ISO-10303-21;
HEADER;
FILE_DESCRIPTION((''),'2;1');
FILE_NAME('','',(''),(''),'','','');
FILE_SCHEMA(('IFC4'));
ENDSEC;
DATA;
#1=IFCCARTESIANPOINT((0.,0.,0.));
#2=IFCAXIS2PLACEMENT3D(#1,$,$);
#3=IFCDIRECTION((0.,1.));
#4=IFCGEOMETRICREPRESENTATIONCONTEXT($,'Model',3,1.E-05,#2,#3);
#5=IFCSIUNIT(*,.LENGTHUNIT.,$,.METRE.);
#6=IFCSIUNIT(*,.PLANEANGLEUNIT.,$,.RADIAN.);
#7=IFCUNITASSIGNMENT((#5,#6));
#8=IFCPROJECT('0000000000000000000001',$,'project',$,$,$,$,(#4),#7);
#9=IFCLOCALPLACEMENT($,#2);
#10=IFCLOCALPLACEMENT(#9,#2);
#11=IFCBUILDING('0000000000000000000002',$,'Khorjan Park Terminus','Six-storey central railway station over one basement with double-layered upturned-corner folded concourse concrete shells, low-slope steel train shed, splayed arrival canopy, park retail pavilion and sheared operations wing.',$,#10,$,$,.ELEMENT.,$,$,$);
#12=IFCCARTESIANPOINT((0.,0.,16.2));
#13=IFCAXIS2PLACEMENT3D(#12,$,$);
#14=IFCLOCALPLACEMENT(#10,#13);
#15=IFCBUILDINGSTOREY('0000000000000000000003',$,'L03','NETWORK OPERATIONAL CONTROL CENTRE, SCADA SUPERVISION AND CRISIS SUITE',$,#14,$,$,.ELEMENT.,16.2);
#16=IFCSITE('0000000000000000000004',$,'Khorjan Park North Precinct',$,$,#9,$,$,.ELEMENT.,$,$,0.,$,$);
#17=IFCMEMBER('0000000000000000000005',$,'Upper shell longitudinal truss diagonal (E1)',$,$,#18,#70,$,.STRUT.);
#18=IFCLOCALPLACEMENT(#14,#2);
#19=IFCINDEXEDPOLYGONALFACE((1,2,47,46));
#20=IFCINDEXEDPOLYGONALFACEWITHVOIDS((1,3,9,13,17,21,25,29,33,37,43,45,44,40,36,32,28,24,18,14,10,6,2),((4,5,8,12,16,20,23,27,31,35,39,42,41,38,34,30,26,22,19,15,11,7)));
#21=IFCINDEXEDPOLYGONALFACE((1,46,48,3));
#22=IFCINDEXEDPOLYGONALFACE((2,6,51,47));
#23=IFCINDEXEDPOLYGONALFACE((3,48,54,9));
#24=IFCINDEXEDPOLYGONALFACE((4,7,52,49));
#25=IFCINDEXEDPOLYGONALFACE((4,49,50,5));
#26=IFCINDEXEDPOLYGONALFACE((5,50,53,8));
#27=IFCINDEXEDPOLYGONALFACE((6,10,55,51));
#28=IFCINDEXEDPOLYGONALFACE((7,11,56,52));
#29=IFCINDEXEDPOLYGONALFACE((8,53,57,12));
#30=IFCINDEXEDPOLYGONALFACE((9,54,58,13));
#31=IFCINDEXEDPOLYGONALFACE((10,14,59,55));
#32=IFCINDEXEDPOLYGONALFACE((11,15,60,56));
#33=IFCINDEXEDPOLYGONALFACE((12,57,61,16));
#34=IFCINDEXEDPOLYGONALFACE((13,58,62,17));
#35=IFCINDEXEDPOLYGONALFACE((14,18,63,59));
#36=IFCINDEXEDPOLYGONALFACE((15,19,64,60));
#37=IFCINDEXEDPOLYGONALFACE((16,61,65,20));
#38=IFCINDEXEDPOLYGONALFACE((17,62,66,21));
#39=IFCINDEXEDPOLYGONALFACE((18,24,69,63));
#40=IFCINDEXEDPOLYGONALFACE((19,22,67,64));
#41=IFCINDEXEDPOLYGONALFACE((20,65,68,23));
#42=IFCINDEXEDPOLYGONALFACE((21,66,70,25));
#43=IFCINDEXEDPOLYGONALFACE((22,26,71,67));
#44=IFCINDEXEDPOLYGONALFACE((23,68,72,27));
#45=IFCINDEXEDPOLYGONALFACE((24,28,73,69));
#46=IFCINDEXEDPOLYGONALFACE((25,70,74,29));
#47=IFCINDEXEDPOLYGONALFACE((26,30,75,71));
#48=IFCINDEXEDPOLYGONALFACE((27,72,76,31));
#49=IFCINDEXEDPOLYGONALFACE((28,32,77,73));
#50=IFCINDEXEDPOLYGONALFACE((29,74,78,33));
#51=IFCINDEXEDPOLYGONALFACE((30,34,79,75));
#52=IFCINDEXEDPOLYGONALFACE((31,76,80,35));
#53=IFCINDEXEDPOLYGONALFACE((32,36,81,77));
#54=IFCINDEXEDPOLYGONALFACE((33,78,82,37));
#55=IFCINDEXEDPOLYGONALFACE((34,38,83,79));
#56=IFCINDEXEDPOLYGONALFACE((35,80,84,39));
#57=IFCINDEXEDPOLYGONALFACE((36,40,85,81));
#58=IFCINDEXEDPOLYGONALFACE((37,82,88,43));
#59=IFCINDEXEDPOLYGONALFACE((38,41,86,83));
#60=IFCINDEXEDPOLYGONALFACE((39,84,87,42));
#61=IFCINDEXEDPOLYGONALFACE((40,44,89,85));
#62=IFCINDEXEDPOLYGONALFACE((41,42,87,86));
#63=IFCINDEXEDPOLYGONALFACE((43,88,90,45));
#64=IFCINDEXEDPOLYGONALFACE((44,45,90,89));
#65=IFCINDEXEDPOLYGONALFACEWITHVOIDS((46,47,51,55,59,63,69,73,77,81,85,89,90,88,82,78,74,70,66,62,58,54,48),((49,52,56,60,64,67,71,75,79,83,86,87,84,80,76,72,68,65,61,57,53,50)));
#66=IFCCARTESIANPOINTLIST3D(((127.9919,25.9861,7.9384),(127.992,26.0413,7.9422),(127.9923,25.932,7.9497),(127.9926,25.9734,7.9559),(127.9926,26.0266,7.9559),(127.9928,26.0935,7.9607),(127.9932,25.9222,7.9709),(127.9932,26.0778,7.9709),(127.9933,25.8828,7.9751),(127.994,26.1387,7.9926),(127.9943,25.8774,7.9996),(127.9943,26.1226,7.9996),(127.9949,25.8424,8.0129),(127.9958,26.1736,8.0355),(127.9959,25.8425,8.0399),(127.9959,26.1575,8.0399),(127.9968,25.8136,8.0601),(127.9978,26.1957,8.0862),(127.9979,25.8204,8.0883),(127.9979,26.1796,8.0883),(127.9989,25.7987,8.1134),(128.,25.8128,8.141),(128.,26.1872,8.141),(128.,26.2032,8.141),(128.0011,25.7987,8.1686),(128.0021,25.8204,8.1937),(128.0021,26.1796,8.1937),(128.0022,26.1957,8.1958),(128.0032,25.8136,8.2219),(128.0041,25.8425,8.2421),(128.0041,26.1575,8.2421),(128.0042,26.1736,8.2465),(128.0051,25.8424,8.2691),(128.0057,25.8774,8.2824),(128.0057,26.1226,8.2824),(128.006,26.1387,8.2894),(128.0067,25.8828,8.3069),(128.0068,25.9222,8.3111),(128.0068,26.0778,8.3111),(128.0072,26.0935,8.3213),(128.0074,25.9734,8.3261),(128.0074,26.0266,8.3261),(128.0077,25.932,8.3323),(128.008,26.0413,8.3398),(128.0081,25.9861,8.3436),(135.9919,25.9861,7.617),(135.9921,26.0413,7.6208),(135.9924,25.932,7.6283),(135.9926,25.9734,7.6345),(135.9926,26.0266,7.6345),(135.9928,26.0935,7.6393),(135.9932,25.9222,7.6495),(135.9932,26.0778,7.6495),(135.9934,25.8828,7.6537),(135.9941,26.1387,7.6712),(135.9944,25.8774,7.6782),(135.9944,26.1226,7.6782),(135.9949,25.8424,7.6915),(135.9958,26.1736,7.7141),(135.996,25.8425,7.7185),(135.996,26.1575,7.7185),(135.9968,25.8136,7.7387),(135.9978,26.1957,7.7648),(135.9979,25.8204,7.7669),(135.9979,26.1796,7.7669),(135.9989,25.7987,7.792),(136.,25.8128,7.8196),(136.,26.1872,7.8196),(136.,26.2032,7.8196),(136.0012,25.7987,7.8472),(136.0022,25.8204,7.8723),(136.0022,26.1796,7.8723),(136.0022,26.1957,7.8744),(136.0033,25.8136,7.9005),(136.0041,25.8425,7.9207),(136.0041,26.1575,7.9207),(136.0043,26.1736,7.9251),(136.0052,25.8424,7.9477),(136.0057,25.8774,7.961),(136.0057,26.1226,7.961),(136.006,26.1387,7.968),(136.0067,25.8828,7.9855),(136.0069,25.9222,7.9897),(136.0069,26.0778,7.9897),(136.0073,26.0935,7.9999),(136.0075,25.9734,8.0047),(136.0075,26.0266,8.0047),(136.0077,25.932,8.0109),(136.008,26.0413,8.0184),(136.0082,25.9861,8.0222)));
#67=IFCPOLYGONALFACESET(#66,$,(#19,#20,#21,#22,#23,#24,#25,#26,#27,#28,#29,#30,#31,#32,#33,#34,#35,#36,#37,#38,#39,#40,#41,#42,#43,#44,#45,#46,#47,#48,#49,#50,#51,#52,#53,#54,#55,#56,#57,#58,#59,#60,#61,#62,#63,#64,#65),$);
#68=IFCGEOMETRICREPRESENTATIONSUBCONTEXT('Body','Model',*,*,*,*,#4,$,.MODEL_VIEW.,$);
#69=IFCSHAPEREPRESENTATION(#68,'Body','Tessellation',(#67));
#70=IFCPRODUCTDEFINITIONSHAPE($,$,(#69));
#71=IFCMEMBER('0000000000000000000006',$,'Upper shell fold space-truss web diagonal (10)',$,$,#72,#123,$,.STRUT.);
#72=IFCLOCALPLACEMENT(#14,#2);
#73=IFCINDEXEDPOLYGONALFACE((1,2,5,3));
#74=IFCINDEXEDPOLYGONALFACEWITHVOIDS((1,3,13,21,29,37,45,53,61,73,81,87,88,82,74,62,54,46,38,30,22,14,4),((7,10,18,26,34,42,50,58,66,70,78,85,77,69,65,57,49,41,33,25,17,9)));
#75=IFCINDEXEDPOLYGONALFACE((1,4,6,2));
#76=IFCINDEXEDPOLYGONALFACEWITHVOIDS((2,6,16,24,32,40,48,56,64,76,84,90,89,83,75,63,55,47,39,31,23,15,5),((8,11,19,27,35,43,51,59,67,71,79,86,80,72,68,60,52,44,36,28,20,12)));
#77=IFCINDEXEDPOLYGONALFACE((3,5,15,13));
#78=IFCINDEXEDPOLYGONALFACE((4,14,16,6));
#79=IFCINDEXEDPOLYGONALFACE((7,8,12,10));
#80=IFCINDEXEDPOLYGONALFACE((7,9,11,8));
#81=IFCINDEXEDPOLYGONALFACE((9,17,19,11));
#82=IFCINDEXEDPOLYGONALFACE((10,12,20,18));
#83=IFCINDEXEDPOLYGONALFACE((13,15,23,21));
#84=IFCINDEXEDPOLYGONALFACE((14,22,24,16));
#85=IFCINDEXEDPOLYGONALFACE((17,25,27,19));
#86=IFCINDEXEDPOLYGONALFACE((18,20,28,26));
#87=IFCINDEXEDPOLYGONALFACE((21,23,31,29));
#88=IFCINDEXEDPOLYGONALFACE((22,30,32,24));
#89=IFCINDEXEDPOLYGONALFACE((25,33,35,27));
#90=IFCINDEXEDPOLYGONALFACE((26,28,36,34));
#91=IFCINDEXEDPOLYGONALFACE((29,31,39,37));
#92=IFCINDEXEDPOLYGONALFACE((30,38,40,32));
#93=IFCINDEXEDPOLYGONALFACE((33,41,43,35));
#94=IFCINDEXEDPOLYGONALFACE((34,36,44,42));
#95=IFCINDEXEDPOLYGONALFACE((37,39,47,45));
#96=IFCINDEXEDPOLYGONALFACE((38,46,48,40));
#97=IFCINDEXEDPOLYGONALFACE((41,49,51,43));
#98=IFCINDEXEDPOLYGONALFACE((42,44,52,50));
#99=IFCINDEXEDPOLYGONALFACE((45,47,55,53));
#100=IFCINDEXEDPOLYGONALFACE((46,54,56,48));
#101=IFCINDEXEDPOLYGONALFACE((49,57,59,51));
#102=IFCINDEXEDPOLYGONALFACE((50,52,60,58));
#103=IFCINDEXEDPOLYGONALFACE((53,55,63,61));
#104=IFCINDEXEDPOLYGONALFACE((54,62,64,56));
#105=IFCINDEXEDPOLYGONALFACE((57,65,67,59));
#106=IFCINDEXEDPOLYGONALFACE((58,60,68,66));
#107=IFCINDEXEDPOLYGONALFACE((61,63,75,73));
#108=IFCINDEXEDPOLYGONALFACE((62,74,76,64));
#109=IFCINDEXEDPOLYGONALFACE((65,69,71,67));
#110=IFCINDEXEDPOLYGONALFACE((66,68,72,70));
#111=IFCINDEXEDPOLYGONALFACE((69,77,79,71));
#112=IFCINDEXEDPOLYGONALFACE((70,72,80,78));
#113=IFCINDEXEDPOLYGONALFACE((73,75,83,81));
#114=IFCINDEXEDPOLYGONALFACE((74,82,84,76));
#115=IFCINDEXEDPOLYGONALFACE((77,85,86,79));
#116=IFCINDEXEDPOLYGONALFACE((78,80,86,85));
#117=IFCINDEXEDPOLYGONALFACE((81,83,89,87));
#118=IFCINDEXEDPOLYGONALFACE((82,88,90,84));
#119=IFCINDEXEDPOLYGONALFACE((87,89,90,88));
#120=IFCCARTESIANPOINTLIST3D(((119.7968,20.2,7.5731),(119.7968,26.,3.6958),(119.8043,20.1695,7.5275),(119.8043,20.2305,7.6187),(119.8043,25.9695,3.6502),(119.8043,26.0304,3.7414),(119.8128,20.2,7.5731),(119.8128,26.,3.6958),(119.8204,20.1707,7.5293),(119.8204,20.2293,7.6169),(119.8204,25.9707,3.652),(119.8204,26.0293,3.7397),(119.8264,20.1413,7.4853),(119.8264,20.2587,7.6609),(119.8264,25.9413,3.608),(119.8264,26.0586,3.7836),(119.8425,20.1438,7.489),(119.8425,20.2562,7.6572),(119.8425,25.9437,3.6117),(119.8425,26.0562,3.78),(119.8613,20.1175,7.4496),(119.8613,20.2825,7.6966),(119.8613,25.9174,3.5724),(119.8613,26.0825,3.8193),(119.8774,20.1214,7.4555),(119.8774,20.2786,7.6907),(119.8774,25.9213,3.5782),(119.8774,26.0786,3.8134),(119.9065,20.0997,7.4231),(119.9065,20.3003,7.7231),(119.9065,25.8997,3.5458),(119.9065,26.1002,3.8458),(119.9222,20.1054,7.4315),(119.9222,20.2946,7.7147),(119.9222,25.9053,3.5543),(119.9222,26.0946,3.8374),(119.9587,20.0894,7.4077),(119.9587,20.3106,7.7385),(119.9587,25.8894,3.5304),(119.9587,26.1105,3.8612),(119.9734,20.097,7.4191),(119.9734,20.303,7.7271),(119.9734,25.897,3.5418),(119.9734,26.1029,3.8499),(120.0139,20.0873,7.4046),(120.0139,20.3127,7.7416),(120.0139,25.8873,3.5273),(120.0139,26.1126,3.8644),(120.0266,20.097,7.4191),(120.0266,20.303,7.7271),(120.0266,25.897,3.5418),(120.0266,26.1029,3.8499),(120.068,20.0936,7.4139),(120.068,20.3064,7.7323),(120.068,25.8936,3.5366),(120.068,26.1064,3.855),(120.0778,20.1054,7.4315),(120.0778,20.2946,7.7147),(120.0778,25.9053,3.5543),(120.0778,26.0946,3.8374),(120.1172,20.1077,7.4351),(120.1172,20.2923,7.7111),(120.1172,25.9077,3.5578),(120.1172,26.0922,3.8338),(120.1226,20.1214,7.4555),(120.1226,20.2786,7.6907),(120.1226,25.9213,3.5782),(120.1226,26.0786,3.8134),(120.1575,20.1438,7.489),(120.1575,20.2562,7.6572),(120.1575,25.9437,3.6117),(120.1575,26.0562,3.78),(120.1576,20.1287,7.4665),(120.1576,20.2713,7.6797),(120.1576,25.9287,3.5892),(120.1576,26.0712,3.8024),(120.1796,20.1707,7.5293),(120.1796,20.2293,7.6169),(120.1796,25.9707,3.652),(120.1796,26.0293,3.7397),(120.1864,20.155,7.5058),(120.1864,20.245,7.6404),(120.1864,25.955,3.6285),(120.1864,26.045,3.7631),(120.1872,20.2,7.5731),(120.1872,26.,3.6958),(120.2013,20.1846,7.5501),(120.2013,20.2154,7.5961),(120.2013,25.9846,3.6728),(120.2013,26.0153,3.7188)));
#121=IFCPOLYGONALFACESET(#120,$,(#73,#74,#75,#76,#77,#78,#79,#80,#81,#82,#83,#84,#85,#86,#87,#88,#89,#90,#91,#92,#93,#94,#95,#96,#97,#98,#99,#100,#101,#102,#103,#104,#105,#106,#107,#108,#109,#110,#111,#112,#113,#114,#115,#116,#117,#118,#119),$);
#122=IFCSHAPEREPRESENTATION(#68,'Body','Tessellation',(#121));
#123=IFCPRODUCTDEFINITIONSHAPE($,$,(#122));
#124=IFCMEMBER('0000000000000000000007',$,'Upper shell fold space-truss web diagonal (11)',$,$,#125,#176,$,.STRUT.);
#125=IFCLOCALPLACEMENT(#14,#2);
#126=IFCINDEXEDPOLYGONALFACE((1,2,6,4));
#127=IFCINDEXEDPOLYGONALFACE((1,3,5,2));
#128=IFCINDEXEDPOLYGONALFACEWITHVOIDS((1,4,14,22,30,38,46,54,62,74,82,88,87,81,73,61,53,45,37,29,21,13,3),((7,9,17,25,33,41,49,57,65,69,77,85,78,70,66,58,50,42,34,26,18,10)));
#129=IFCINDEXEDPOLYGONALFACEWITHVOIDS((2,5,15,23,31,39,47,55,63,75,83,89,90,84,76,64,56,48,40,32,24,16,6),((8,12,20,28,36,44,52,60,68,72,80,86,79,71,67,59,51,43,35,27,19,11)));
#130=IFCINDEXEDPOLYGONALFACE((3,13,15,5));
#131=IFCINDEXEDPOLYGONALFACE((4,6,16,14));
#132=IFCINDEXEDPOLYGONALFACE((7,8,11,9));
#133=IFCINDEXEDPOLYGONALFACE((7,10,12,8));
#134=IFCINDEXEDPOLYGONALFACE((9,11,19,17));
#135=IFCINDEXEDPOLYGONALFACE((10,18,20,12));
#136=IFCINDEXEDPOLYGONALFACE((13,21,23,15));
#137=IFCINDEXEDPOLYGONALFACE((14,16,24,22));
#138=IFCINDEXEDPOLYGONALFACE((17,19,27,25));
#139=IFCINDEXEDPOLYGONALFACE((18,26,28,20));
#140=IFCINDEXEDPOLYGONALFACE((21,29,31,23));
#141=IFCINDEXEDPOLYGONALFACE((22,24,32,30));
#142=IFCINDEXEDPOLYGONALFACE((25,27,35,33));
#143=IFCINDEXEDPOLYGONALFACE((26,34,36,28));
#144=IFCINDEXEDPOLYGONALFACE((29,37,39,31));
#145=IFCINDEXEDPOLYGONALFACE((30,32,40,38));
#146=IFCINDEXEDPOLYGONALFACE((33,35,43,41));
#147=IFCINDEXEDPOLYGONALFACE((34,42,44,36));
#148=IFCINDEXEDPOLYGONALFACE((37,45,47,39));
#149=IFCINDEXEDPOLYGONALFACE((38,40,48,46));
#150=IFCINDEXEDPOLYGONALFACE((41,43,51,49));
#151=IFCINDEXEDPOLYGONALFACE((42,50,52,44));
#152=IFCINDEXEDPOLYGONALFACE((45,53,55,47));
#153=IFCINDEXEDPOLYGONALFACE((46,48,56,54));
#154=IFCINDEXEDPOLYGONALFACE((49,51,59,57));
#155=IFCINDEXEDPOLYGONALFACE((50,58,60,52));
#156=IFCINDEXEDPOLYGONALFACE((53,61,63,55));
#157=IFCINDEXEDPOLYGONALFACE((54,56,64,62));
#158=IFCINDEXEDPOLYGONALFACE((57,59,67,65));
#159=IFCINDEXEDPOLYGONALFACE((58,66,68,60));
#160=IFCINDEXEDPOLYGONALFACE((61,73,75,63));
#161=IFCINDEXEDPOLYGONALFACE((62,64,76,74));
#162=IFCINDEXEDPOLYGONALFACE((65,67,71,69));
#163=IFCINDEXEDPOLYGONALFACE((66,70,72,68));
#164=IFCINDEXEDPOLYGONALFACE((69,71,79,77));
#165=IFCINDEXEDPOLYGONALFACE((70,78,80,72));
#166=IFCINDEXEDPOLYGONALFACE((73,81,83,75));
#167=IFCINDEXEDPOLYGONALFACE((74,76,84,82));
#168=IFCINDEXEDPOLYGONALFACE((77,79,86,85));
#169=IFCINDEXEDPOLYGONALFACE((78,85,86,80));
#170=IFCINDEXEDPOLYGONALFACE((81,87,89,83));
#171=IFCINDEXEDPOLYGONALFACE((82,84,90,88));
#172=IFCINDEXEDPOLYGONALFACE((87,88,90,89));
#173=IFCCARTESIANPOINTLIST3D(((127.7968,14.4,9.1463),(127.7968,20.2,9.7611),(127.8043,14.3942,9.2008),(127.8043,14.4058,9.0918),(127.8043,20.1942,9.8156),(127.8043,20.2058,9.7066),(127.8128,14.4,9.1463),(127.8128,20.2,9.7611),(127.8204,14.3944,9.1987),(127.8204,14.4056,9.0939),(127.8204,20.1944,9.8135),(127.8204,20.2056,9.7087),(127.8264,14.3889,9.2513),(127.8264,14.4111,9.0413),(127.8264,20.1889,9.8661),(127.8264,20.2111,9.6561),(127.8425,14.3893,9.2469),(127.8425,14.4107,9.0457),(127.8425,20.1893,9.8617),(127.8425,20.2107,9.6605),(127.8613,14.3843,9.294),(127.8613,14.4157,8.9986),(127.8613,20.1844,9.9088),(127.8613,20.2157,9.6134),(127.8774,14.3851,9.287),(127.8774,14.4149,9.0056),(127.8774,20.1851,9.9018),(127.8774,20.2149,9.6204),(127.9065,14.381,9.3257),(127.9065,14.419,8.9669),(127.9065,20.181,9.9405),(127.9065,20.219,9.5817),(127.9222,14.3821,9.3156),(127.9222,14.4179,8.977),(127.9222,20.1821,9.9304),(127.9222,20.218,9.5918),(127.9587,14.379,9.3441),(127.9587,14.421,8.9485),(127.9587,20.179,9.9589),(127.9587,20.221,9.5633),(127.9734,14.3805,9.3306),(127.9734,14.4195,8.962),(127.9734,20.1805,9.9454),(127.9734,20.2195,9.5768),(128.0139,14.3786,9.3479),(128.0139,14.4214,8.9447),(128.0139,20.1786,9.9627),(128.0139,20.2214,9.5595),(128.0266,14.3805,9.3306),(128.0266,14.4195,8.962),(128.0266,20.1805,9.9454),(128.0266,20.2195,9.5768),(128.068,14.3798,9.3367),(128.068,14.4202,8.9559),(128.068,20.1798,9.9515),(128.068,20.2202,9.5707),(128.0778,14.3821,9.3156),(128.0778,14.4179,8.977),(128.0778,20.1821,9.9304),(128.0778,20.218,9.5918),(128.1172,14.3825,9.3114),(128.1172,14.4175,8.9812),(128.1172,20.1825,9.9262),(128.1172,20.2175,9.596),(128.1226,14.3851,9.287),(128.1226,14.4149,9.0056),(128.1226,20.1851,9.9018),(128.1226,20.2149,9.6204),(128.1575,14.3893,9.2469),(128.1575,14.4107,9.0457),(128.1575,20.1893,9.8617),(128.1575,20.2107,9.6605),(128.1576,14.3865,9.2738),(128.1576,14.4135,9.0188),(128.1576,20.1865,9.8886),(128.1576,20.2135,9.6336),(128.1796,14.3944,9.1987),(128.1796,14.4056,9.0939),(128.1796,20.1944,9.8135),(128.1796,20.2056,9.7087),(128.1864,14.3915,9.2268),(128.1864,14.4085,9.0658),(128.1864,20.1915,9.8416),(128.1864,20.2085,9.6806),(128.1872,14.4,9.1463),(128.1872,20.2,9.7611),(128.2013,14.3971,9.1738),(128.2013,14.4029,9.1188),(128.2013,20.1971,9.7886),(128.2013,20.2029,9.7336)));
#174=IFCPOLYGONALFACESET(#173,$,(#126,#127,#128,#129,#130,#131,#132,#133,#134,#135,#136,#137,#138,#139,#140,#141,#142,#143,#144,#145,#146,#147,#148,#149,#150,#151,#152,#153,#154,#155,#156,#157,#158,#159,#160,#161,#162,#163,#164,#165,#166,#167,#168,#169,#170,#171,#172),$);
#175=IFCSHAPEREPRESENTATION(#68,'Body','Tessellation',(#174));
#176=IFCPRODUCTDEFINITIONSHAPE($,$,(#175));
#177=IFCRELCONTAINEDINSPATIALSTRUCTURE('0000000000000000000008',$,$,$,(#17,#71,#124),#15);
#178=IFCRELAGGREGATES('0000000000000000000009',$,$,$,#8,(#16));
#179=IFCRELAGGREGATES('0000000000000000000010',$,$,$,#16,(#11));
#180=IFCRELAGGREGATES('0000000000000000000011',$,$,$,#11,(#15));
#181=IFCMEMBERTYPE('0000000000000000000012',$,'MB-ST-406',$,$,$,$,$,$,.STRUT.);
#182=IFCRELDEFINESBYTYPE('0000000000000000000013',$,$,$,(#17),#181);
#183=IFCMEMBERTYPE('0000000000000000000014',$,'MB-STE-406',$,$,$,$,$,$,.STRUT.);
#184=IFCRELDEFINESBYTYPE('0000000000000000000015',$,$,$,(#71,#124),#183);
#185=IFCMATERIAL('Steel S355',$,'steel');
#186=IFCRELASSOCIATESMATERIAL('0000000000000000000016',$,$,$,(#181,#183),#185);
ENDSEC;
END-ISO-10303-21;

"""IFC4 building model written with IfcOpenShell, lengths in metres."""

from ifc_helpers import new_model, si_unit, direction, frame, origin, origin_2d, place, context, subcontext, project, spatial, hollow_circle, extrude, material, material_profile, profile_set, type_object, element, save


model = new_model("IFC4")

# Units and contexts
model_context = context("Model", 3, precision=1e-05, world=origin(), true_north=direction((0.0, 1.0)))
body_context = subcontext(model_context, "Body", "Model", "MODEL_VIEW")
ifc_project = project(units=[si_unit("LENGTHUNIT", "METRE"), si_unit("PLANEANGLEUNIT", "RADIAN")], contexts=[model_context])

# Site, building, storey
site_placement = place(None, origin())
site = spatial("IfcSite", under=ifc_project, at=site_placement, Name="Khorjan Park North Precinct", CompositionType="ELEMENT", RefElevation=0.0)
building_placement = place(site_placement, origin())
building = spatial("IfcBuilding", under=site, at=building_placement, Name="Khorjan Park Terminus", Description="Six-storey central railway station over one basement with double-layered upturned-corner folded concourse concrete shells, low-slope steel train shed, splayed arrival canopy, park retail pavilion and sheared operations wing.", CompositionType="ELEMENT")
storey_placement = place(building_placement, frame((0.0, 0.0, 16.2)))
storey = spatial("IfcBuildingStorey", under=building, at=storey_placement, Name="L03", Description="NETWORK OPERATIONAL CONTROL CENTRE, SCADA SUPERVISION AND CRISIS SUITE", CompositionType="ELEMENT", Elevation=16.2)

# Members
ifc_material = material(Name="Steel S355", Category="steel")
ifc_material_profile_1 = material_profile(ifc_material, hollow_circle(Radius=0.2032, WallThickness=0.016, at=origin_2d()), Name="CHS 406.4x16")
ifc_profile_set_1 = profile_set([ifc_material_profile_1], Name="Steel S355")
member_type_1 = type_object("IfcMemberType", Name="MB-ST-406", PredefinedType="STRUT", material=ifc_profile_set_1)
member_1_placement = place(storey_placement, frame((128.0, 26.0, 8.141), z_axis=(0.999194, 0.0, -0.040143), x_axis=(0.0, 1.0, 0.0)))
element("IfcMember", 1, at=member_1_placement, inside=storey, type_object=member_type_1, Name="Upper shell longitudinal truss diagonal (E1)", PredefinedType="STRUT", context=body_context, shape_type="SweptSolid", body=[
    extrude(hollow_circle(Radius=0.2032, WallThickness=0.016, at=origin_2d()), origin(), (0.0, 0.0, 1.0), 8.0065),
])
ifc_material_profile_2 = material_profile(ifc_material, hollow_circle(Radius=0.2032, WallThickness=0.016, at=origin_2d()), Name="CHS 406.4x16")
ifc_profile_set_2 = profile_set([ifc_material_profile_2], Name="Steel S355")
member_type_2 = type_object("IfcMemberType", Name="MB-STE-406", PredefinedType="STRUT", material=ifc_profile_set_2)
member_2_placement = place(storey_placement, frame((120.0, 20.2, 7.5731), z_axis=(0.0, 0.831346, -0.555755), x_axis=(-1.0, 0.0, 0.0)))
element("IfcMember", 2, at=member_2_placement, inside=storey, type_object=member_type_2, Name="Upper shell fold space-truss web diagonal (10)", PredefinedType="STRUT", context=body_context, shape_type="SweptSolid", body=[
    extrude(hollow_circle(Radius=0.2032, WallThickness=0.016, at=origin_2d()), origin(), (0.0, 0.0, 1.0), 6.9766),
])
member_3_placement = place(storey_placement, frame((128.0, 14.4, 9.1463), z_axis=(0.0, 0.994429, 0.105409), x_axis=(-1.0, 0.0, 0.0)))
element("IfcMember", 3, at=member_3_placement, inside=storey, type_object=member_type_2, Name="Upper shell fold space-truss web diagonal (11)", PredefinedType="STRUT", context=body_context, shape_type="SweptSolid", body=[
    extrude(hollow_circle(Radius=0.2032, WallThickness=0.016, at=origin_2d()), origin(), (0.0, 0.0, 1.0), 5.8325),
])

save(model, "model.ifc")
